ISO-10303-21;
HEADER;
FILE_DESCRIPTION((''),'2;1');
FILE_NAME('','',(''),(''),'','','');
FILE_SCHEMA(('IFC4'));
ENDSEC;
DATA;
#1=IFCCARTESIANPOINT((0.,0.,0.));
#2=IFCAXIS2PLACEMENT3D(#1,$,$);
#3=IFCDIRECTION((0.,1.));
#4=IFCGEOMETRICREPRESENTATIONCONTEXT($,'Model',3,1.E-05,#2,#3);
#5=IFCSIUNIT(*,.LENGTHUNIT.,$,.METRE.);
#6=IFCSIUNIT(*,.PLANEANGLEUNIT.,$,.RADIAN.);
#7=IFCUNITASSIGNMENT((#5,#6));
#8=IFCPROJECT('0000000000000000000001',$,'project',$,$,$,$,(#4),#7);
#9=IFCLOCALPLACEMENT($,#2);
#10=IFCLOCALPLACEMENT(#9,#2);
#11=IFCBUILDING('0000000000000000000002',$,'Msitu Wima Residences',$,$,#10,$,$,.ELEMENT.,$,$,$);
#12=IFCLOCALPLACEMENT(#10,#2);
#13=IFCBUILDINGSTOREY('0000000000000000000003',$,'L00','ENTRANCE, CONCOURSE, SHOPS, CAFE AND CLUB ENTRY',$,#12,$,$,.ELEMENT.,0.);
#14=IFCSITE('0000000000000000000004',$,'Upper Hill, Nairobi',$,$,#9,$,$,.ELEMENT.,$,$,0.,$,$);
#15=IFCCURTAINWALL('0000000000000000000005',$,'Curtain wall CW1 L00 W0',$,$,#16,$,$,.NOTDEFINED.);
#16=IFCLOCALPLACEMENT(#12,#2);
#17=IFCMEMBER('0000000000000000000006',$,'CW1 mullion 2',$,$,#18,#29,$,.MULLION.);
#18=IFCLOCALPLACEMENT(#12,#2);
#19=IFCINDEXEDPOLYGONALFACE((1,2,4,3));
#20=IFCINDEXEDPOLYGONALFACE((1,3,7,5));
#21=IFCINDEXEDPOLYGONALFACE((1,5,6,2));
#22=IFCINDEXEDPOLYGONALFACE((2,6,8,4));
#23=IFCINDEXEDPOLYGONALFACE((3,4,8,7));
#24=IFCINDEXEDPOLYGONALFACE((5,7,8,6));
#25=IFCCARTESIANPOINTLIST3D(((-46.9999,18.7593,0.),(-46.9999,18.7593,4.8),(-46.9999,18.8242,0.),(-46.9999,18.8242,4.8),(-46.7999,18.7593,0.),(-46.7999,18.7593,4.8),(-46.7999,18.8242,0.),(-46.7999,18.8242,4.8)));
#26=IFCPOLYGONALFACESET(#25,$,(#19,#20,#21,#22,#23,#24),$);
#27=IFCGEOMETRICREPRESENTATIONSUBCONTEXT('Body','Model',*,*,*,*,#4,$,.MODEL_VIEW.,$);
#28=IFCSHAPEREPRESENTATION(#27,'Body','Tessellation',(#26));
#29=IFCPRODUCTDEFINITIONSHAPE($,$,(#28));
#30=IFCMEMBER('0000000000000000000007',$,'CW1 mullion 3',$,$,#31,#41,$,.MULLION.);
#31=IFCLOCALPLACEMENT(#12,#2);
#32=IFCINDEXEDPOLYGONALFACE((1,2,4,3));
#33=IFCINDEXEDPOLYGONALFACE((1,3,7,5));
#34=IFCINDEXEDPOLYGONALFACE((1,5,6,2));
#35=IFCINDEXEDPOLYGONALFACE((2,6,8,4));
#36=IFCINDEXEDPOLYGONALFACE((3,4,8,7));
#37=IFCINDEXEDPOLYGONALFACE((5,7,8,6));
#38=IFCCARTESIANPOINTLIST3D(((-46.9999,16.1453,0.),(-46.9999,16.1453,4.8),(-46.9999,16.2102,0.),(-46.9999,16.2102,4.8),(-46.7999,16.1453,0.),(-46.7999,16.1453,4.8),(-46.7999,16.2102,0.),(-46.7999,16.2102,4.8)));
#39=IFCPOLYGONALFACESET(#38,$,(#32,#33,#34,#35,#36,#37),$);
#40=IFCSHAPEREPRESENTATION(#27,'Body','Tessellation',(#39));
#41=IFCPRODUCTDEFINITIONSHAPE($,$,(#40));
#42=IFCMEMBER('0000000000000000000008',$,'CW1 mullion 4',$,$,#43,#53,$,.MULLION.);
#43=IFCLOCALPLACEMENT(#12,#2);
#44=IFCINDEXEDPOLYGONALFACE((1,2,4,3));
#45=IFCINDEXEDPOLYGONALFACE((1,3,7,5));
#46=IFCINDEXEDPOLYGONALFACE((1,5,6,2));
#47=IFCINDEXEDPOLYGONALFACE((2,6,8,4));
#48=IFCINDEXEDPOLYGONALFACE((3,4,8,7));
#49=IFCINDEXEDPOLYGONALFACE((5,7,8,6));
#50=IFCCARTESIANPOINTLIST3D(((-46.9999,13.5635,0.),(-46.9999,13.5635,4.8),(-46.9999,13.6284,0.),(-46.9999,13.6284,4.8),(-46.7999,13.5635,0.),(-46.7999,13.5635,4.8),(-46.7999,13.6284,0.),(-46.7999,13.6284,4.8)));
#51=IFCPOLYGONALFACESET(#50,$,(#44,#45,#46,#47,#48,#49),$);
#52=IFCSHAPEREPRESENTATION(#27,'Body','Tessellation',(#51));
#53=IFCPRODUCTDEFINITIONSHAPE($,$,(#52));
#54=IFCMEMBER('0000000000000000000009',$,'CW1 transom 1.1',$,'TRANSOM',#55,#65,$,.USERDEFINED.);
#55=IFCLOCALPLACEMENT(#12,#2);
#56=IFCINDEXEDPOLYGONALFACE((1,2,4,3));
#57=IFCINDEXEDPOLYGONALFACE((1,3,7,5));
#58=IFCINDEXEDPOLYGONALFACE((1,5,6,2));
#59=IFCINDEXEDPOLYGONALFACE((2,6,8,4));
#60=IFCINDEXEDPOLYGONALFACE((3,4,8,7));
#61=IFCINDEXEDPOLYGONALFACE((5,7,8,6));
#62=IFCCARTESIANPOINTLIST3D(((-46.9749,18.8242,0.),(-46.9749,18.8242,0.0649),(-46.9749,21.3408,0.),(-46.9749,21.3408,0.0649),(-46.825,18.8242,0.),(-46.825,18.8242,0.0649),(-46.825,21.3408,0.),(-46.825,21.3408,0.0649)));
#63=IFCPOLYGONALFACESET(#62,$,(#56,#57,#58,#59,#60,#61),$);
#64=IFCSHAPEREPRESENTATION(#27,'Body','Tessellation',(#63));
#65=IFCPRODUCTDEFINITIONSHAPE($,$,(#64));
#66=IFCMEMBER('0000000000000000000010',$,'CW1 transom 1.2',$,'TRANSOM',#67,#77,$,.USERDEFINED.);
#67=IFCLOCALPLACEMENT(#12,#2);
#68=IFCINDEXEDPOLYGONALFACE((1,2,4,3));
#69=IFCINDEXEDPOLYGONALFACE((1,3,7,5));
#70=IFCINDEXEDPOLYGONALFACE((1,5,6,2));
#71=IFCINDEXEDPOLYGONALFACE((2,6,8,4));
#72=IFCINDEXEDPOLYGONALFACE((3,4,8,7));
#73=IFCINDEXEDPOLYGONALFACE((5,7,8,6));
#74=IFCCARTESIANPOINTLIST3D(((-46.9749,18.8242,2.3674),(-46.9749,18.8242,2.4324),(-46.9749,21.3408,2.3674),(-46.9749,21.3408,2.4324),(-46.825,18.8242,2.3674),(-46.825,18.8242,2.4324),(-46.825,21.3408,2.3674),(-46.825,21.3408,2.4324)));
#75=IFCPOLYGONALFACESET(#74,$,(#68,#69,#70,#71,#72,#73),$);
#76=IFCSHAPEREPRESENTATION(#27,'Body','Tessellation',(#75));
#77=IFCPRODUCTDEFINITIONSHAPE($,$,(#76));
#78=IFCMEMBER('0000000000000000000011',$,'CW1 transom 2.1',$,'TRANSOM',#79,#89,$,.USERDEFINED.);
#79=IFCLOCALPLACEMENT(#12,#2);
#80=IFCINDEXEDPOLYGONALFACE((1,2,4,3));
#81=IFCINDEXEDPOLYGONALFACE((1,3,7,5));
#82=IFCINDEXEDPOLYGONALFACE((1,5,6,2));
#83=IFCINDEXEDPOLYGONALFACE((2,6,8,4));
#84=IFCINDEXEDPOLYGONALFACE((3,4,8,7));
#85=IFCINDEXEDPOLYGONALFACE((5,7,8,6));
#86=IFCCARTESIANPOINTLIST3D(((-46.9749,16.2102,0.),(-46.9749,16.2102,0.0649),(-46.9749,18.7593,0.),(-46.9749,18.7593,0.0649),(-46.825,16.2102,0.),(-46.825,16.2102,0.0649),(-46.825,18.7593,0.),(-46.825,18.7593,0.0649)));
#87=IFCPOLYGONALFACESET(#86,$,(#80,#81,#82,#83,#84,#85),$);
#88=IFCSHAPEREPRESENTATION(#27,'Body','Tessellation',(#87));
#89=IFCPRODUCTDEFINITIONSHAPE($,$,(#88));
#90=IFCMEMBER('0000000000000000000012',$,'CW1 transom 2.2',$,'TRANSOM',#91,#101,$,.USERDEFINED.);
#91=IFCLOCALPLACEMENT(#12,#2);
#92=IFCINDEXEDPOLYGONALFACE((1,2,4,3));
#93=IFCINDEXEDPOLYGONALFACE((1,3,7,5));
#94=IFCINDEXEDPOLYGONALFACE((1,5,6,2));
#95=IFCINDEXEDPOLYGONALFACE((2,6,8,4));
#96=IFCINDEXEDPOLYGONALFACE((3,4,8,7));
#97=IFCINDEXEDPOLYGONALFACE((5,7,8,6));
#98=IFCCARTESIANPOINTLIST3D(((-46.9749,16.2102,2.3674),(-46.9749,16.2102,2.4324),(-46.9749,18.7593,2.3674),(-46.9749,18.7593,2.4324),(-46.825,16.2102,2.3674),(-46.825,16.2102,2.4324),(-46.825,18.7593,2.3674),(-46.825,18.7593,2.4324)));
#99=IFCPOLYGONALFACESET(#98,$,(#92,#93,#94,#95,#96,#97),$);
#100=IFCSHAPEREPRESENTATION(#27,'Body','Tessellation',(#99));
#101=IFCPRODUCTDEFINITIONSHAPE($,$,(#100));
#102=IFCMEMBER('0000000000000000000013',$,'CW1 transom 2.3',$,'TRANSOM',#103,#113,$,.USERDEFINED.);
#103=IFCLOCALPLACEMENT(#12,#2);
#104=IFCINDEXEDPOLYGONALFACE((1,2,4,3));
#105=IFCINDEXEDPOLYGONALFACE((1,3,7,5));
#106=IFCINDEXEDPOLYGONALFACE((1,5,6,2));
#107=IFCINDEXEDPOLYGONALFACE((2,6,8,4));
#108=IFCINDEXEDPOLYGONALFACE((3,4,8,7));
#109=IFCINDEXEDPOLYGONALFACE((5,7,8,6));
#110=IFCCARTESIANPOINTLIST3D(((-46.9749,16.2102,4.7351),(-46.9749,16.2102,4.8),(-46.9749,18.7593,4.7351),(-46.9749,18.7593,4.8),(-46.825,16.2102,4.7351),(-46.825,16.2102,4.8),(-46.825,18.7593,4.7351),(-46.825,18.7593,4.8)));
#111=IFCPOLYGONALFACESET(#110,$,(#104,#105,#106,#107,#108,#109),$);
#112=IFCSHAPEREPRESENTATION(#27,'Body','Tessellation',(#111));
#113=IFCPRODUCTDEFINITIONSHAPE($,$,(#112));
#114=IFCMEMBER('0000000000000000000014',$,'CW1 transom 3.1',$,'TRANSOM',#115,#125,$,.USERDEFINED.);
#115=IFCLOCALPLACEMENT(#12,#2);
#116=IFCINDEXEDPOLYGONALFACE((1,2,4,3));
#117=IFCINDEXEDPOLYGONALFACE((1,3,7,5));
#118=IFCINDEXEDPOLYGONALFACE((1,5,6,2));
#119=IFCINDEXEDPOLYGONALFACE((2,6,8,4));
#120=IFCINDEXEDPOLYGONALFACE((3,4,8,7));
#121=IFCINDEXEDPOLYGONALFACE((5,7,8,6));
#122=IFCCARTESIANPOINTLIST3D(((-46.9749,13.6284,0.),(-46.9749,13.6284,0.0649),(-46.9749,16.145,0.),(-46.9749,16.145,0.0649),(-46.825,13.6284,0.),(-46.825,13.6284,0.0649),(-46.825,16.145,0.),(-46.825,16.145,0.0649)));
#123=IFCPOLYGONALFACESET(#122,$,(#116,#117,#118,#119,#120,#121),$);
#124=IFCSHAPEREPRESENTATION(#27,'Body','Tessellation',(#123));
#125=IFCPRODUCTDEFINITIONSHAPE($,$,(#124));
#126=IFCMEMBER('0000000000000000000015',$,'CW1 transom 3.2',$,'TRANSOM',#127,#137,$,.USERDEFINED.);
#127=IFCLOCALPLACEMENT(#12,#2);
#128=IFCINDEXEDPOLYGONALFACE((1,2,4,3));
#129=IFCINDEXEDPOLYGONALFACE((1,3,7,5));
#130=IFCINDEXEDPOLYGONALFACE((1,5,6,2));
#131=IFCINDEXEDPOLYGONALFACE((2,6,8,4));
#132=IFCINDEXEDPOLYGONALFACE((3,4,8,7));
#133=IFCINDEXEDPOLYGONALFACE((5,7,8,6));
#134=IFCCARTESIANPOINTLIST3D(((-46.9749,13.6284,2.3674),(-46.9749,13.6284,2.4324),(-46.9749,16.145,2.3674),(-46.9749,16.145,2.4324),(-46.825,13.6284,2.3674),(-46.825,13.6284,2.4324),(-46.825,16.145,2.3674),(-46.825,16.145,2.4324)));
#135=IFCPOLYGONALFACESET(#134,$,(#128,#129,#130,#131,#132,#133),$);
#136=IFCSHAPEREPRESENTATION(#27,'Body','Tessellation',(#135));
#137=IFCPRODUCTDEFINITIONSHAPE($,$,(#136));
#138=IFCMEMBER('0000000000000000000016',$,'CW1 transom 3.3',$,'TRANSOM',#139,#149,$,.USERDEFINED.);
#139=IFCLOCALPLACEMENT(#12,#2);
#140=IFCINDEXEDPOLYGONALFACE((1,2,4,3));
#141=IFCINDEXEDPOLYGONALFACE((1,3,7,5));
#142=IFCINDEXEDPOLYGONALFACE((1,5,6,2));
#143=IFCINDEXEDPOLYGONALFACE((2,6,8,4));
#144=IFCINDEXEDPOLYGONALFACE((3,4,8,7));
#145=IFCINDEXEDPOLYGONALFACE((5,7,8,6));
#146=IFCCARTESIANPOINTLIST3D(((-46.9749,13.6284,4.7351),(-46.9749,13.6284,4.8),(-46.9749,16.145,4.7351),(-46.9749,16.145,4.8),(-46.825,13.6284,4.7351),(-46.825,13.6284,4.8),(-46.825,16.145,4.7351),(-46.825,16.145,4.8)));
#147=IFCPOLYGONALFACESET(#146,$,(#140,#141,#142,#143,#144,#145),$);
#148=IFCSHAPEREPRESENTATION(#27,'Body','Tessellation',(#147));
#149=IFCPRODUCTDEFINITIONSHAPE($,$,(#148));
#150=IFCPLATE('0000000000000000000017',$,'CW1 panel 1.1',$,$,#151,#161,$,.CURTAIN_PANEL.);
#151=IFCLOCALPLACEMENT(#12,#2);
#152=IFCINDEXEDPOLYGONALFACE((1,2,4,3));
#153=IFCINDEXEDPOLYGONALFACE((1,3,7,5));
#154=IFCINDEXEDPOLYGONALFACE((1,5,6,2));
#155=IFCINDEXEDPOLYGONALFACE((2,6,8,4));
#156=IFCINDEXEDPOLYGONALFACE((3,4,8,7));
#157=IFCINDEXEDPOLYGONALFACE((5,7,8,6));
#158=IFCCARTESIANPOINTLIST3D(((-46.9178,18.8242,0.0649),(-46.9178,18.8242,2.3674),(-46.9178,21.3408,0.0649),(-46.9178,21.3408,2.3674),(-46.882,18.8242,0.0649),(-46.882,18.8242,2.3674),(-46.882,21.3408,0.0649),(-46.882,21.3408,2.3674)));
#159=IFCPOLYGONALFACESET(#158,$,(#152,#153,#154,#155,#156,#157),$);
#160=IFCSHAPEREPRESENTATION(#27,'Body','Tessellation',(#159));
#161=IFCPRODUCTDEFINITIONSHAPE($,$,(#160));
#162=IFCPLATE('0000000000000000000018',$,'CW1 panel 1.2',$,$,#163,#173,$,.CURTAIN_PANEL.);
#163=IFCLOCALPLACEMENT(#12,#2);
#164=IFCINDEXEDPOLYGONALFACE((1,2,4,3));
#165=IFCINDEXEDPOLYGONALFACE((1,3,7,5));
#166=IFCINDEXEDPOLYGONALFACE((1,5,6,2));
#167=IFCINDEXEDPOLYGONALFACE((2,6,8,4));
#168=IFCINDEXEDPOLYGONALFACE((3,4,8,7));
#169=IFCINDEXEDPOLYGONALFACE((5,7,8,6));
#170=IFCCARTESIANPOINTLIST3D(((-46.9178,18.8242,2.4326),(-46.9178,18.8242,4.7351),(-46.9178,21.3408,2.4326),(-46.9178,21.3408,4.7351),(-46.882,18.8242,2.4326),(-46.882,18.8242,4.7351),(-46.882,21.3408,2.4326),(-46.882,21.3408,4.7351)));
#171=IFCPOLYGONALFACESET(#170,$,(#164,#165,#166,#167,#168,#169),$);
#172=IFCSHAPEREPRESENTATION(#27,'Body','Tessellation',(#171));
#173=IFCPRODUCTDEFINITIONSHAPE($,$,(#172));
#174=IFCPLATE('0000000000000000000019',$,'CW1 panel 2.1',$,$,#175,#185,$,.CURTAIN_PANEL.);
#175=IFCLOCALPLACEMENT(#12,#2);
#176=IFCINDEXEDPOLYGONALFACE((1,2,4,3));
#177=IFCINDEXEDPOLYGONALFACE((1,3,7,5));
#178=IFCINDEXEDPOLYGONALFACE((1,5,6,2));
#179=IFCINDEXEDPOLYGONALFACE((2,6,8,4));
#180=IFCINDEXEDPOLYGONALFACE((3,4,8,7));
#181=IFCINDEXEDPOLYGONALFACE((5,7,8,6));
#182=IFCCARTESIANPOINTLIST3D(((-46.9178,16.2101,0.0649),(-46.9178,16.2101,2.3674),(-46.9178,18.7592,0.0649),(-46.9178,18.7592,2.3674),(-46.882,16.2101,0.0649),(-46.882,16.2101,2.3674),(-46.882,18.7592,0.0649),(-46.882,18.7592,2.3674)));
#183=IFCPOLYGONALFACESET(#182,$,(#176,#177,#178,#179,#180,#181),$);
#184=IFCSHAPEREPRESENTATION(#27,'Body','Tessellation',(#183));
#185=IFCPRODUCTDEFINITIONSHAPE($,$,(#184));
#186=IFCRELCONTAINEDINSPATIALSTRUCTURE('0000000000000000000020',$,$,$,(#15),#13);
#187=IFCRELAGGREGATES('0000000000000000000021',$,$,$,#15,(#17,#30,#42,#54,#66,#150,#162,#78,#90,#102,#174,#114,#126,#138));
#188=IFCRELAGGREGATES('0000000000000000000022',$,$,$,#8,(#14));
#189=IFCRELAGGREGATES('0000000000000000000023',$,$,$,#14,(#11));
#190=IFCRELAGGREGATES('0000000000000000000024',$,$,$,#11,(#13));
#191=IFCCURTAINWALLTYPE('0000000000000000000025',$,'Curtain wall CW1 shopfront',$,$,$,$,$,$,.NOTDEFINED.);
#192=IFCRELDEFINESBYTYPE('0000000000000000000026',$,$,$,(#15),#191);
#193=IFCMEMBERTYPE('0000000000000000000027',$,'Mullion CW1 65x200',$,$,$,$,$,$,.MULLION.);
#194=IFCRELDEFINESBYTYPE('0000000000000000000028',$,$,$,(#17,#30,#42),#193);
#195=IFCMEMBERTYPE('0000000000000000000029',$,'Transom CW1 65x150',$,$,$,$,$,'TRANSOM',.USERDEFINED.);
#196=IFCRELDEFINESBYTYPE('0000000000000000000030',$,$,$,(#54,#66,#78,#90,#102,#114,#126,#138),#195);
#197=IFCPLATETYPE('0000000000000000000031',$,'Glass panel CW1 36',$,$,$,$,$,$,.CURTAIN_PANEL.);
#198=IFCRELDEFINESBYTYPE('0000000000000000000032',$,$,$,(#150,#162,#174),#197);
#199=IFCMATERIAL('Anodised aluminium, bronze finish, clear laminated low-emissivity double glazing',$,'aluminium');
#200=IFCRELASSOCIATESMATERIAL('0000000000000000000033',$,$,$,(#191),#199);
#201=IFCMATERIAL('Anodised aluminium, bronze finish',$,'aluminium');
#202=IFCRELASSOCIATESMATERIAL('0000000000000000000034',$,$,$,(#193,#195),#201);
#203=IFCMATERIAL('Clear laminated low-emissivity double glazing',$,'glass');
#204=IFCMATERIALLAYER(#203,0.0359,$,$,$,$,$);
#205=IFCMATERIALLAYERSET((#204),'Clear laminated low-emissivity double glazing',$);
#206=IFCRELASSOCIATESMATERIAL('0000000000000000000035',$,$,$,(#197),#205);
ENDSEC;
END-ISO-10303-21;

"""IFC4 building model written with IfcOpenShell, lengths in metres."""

from ifc_helpers import new_model, si_unit, direction, frame, origin, origin_2d, place, context, subcontext, project, spatial, rectangle, extrude, material, layer, layer_set, material_profile, profile_set, type_object, element, aggregate, save


model = new_model("IFC4")

# Units and contexts
model_context = context("Model", 3, precision=1e-05, world=origin(), true_north=direction((0.0, 1.0)))
body_context = subcontext(model_context, "Body", "Model", "MODEL_VIEW")
ifc_project = project(units=[si_unit("LENGTHUNIT", "METRE"), si_unit("PLANEANGLEUNIT", "RADIAN")], contexts=[model_context])

# Site, building, storey
site_placement = place(None, origin())
site = spatial("IfcSite", under=ifc_project, at=site_placement, Name="Upper Hill, Nairobi", CompositionType="ELEMENT", RefElevation=0.0)
building_placement = place(site_placement, origin())
building = spatial("IfcBuilding", under=site, at=building_placement, Name="Msitu Wima Residences", CompositionType="ELEMENT")
storey_placement = place(building_placement, origin())
storey = spatial("IfcBuildingStorey", under=building, at=storey_placement, Name="L00", Description="ENTRANCE, CONCOURSE, SHOPS, CAFE AND CLUB ENTRY", CompositionType="ELEMENT", Elevation=0.0)

# Curtain wall, members, plates
ifc_material_1 = material(Name="Anodised aluminium, bronze finish, clear laminated low-emissivity double glazing", Category="aluminium")
curtain_wall_type = type_object("IfcCurtainWallType", Name="Curtain wall CW1 shopfront", PredefinedType="NOTDEFINED", material=ifc_material_1)
curtain_wall_placement = place(storey_placement, origin())
curtain_wall = element("IfcCurtainWall", 1, at=curtain_wall_placement, inside=storey, type_object=curtain_wall_type, Name="Curtain wall CW1 L00 W0", PredefinedType="NOTDEFINED")
ifc_material_2 = material(Name="Anodised aluminium, bronze finish", Category="aluminium")
ifc_material_profile_1 = material_profile(ifc_material_2, rectangle(XDim=0.2, YDim=0.0649, at=origin_2d()), Name="Mullion 65x200")
ifc_profile_set_1 = profile_set([ifc_material_profile_1], Name="Anodised aluminium, bronze finish")
member_type_1 = type_object("IfcMemberType", Name="Mullion CW1 65x200", PredefinedType="MULLION", material=ifc_profile_set_1)
member_1_placement = place(storey_placement, frame((-46.8999, 18.7917, 0.0), z_axis=(0.0, 0.0, 1.0), x_axis=(1.0, 0.0, 0.0)))
member_1 = element("IfcMember", 2, at=member_1_placement, type_object=member_type_1, Name="CW1 mullion 2", PredefinedType="MULLION", context=body_context, shape_type="SweptSolid", body=[
    extrude(rectangle(XDim=0.2, YDim=0.0649, at=origin_2d()), origin(), (0.0, 0.0, 1.0), 4.8),
])
member_2_placement = place(storey_placement, frame((-46.8999, 16.1777, 0.0), z_axis=(0.0, 0.0, 1.0), x_axis=(1.0, 0.0, 0.0)))
member_2 = element("IfcMember", 3, at=member_2_placement, type_object=member_type_1, Name="CW1 mullion 3", PredefinedType="MULLION", context=body_context, shape_type="SweptSolid", body=[
    extrude(rectangle(XDim=0.2, YDim=0.0649, at=origin_2d()), origin(), (0.0, 0.0, 1.0), 4.8),
])
member_3_placement = place(storey_placement, frame((-46.8999, 13.5959, 0.0), z_axis=(0.0, 0.0, 1.0), x_axis=(1.0, 0.0, 0.0)))
member_3 = element("IfcMember", 4, at=member_3_placement, type_object=member_type_1, Name="CW1 mullion 4", PredefinedType="MULLION", context=body_context, shape_type="SweptSolid", body=[
    extrude(rectangle(XDim=0.2, YDim=0.0649, at=origin_2d()), origin(), (0.0, 0.0, 1.0), 4.8),
])
ifc_material_profile_2 = material_profile(ifc_material_2, rectangle(XDim=0.1499, YDim=0.0649, at=origin_2d()), Name="Transom 65x150")
ifc_profile_set_2 = profile_set([ifc_material_profile_2], Name="Anodised aluminium, bronze finish")
member_type_2 = type_object("IfcMemberType", Name="Transom CW1 65x150", ElementType="TRANSOM", PredefinedType="USERDEFINED", material=ifc_profile_set_2)
member_4_placement = place(storey_placement, frame((-46.8999, 21.3408, 0.0325), z_axis=(0.0, -1.0, 0.0), x_axis=(1.0, 0.0, 0.0)))
member_4 = element("IfcMember", 5, at=member_4_placement, type_object=member_type_2, Name="CW1 transom 1.1", ObjectType="TRANSOM", PredefinedType="USERDEFINED", context=body_context, shape_type="SweptSolid", body=[
    extrude(rectangle(XDim=0.1499, YDim=0.0649, at=origin_2d()), origin(), (0.0, 0.0, 1.0), 2.5166),
])
member_5_placement = place(storey_placement, frame((-46.8999, 21.3408, 2.3999), z_axis=(0.0, -1.0, 0.0), x_axis=(1.0, 0.0, 0.0)))
member_5 = element("IfcMember", 6, at=member_5_placement, type_object=member_type_2, Name="CW1 transom 1.2", ObjectType="TRANSOM", PredefinedType="USERDEFINED", context=body_context, shape_type="SweptSolid", body=[
    extrude(rectangle(XDim=0.1499, YDim=0.0649, at=origin_2d()), origin(), (0.0, 0.0, 1.0), 2.5166),
])
member_6_placement = place(storey_placement, frame((-46.8999, 18.7593, 0.0325), z_axis=(0.0, -1.0, 0.0), x_axis=(1.0, 0.0, 0.0)))
member_6 = element("IfcMember", 7, at=member_6_placement, type_object=member_type_2, Name="CW1 transom 2.1", ObjectType="TRANSOM", PredefinedType="USERDEFINED", context=body_context, shape_type="SweptSolid", body=[
    extrude(rectangle(XDim=0.1499, YDim=0.0649, at=origin_2d()), origin(), (0.0, 0.0, 1.0), 2.5491),
])
member_7_placement = place(storey_placement, frame((-46.8999, 18.7593, 2.3999), z_axis=(0.0, -1.0, 0.0), x_axis=(1.0, 0.0, 0.0)))
member_7 = element("IfcMember", 8, at=member_7_placement, type_object=member_type_2, Name="CW1 transom 2.2", ObjectType="TRANSOM", PredefinedType="USERDEFINED", context=body_context, shape_type="SweptSolid", body=[
    extrude(rectangle(XDim=0.1499, YDim=0.0649, at=origin_2d()), origin(), (0.0, 0.0, 1.0), 2.5491),
])
member_8_placement = place(storey_placement, frame((-46.8999, 18.7593, 4.7676), z_axis=(0.0, -1.0, 0.0), x_axis=(1.0, 0.0, 0.0)))
member_8 = element("IfcMember", 9, at=member_8_placement, type_object=member_type_2, Name="CW1 transom 2.3", ObjectType="TRANSOM", PredefinedType="USERDEFINED", context=body_context, shape_type="SweptSolid", body=[
    extrude(rectangle(XDim=0.1499, YDim=0.0649, at=origin_2d()), origin(), (0.0, 0.0, 1.0), 2.5491),
])
member_9_placement = place(storey_placement, frame((-46.8999, 16.145, 0.0325), z_axis=(0.0, -1.0, 0.0), x_axis=(1.0, 0.0, 0.0)))
member_9 = element("IfcMember", 10, at=member_9_placement, type_object=member_type_2, Name="CW1 transom 3.1", ObjectType="TRANSOM", PredefinedType="USERDEFINED", context=body_context, shape_type="SweptSolid", body=[
    extrude(rectangle(XDim=0.1499, YDim=0.0649, at=origin_2d()), origin(), (0.0, 0.0, 1.0), 2.5166),
])
member_10_placement = place(storey_placement, frame((-46.8999, 16.145, 2.3999), z_axis=(0.0, -1.0, 0.0), x_axis=(1.0, 0.0, 0.0)))
member_10 = element("IfcMember", 11, at=member_10_placement, type_object=member_type_2, Name="CW1 transom 3.2", ObjectType="TRANSOM", PredefinedType="USERDEFINED", context=body_context, shape_type="SweptSolid", body=[
    extrude(rectangle(XDim=0.1499, YDim=0.0649, at=origin_2d()), origin(), (0.0, 0.0, 1.0), 2.5166),
])
member_11_placement = place(storey_placement, frame((-46.8999, 16.145, 4.7676), z_axis=(0.0, -1.0, 0.0), x_axis=(1.0, 0.0, 0.0)))
member_11 = element("IfcMember", 12, at=member_11_placement, type_object=member_type_2, Name="CW1 transom 3.3", ObjectType="TRANSOM", PredefinedType="USERDEFINED", context=body_context, shape_type="SweptSolid", body=[
    extrude(rectangle(XDim=0.1499, YDim=0.0649, at=origin_2d()), origin(), (0.0, 0.0, 1.0), 2.5166),
])
ifc_material_3 = material(Name="Clear laminated low-emissivity double glazing", Category="glass")
ifc_layer_1 = layer(ifc_material_3, 0.0359)
ifc_layer_set_1 = layer_set([ifc_layer_1], Name="Clear laminated low-emissivity double glazing")
plate_type = type_object("IfcPlateType", Name="Glass panel CW1 36", PredefinedType="CURTAIN_PANEL", material=ifc_layer_set_1)
plate_1_placement = place(storey_placement, frame((-46.8999, 20.0825, 0.0649), z_axis=(0.0, 0.0, 1.0), x_axis=(0.0, -1.0, 0.0)))
plate_1 = element("IfcPlate", 13, at=plate_1_placement, type_object=plate_type, Name="CW1 panel 1.1", PredefinedType="CURTAIN_PANEL", context=body_context, shape_type="SweptSolid", body=[
    extrude(rectangle(XDim=2.5166, YDim=0.0359, at=origin_2d()), origin(), (0.0, 0.0, 1.0), 2.3025),
])
plate_2_placement = place(storey_placement, frame((-46.8999, 20.0825, 2.4326), z_axis=(0.0, 0.0, 1.0), x_axis=(0.0, -1.0, 0.0)))
plate_2 = element("IfcPlate", 14, at=plate_2_placement, type_object=plate_type, Name="CW1 panel 1.2", PredefinedType="CURTAIN_PANEL", context=body_context, shape_type="SweptSolid", body=[
    extrude(rectangle(XDim=2.5166, YDim=0.0359, at=origin_2d()), origin(), (0.0, 0.0, 1.0), 2.3025),
])
plate_3_placement = place(storey_placement, frame((-46.8999, 17.4846, 0.0649), z_axis=(0.0, 0.0, 1.0), x_axis=(0.0, -1.0, 0.0)))
plate_3 = element("IfcPlate", 15, at=plate_3_placement, type_object=plate_type, Name="CW1 panel 2.1", PredefinedType="CURTAIN_PANEL", context=body_context, shape_type="SweptSolid", body=[
    extrude(rectangle(XDim=2.5491, YDim=0.0359, at=origin_2d()), origin(), (0.0, 0.0, 1.0), 2.3025),
])
aggregate(curtain_wall, [member_1, member_2, member_3, member_4, member_5, plate_1, plate_2, member_6, member_7, member_8, plate_3, member_9, member_10, member_11])

save(model, "model.ifc")
